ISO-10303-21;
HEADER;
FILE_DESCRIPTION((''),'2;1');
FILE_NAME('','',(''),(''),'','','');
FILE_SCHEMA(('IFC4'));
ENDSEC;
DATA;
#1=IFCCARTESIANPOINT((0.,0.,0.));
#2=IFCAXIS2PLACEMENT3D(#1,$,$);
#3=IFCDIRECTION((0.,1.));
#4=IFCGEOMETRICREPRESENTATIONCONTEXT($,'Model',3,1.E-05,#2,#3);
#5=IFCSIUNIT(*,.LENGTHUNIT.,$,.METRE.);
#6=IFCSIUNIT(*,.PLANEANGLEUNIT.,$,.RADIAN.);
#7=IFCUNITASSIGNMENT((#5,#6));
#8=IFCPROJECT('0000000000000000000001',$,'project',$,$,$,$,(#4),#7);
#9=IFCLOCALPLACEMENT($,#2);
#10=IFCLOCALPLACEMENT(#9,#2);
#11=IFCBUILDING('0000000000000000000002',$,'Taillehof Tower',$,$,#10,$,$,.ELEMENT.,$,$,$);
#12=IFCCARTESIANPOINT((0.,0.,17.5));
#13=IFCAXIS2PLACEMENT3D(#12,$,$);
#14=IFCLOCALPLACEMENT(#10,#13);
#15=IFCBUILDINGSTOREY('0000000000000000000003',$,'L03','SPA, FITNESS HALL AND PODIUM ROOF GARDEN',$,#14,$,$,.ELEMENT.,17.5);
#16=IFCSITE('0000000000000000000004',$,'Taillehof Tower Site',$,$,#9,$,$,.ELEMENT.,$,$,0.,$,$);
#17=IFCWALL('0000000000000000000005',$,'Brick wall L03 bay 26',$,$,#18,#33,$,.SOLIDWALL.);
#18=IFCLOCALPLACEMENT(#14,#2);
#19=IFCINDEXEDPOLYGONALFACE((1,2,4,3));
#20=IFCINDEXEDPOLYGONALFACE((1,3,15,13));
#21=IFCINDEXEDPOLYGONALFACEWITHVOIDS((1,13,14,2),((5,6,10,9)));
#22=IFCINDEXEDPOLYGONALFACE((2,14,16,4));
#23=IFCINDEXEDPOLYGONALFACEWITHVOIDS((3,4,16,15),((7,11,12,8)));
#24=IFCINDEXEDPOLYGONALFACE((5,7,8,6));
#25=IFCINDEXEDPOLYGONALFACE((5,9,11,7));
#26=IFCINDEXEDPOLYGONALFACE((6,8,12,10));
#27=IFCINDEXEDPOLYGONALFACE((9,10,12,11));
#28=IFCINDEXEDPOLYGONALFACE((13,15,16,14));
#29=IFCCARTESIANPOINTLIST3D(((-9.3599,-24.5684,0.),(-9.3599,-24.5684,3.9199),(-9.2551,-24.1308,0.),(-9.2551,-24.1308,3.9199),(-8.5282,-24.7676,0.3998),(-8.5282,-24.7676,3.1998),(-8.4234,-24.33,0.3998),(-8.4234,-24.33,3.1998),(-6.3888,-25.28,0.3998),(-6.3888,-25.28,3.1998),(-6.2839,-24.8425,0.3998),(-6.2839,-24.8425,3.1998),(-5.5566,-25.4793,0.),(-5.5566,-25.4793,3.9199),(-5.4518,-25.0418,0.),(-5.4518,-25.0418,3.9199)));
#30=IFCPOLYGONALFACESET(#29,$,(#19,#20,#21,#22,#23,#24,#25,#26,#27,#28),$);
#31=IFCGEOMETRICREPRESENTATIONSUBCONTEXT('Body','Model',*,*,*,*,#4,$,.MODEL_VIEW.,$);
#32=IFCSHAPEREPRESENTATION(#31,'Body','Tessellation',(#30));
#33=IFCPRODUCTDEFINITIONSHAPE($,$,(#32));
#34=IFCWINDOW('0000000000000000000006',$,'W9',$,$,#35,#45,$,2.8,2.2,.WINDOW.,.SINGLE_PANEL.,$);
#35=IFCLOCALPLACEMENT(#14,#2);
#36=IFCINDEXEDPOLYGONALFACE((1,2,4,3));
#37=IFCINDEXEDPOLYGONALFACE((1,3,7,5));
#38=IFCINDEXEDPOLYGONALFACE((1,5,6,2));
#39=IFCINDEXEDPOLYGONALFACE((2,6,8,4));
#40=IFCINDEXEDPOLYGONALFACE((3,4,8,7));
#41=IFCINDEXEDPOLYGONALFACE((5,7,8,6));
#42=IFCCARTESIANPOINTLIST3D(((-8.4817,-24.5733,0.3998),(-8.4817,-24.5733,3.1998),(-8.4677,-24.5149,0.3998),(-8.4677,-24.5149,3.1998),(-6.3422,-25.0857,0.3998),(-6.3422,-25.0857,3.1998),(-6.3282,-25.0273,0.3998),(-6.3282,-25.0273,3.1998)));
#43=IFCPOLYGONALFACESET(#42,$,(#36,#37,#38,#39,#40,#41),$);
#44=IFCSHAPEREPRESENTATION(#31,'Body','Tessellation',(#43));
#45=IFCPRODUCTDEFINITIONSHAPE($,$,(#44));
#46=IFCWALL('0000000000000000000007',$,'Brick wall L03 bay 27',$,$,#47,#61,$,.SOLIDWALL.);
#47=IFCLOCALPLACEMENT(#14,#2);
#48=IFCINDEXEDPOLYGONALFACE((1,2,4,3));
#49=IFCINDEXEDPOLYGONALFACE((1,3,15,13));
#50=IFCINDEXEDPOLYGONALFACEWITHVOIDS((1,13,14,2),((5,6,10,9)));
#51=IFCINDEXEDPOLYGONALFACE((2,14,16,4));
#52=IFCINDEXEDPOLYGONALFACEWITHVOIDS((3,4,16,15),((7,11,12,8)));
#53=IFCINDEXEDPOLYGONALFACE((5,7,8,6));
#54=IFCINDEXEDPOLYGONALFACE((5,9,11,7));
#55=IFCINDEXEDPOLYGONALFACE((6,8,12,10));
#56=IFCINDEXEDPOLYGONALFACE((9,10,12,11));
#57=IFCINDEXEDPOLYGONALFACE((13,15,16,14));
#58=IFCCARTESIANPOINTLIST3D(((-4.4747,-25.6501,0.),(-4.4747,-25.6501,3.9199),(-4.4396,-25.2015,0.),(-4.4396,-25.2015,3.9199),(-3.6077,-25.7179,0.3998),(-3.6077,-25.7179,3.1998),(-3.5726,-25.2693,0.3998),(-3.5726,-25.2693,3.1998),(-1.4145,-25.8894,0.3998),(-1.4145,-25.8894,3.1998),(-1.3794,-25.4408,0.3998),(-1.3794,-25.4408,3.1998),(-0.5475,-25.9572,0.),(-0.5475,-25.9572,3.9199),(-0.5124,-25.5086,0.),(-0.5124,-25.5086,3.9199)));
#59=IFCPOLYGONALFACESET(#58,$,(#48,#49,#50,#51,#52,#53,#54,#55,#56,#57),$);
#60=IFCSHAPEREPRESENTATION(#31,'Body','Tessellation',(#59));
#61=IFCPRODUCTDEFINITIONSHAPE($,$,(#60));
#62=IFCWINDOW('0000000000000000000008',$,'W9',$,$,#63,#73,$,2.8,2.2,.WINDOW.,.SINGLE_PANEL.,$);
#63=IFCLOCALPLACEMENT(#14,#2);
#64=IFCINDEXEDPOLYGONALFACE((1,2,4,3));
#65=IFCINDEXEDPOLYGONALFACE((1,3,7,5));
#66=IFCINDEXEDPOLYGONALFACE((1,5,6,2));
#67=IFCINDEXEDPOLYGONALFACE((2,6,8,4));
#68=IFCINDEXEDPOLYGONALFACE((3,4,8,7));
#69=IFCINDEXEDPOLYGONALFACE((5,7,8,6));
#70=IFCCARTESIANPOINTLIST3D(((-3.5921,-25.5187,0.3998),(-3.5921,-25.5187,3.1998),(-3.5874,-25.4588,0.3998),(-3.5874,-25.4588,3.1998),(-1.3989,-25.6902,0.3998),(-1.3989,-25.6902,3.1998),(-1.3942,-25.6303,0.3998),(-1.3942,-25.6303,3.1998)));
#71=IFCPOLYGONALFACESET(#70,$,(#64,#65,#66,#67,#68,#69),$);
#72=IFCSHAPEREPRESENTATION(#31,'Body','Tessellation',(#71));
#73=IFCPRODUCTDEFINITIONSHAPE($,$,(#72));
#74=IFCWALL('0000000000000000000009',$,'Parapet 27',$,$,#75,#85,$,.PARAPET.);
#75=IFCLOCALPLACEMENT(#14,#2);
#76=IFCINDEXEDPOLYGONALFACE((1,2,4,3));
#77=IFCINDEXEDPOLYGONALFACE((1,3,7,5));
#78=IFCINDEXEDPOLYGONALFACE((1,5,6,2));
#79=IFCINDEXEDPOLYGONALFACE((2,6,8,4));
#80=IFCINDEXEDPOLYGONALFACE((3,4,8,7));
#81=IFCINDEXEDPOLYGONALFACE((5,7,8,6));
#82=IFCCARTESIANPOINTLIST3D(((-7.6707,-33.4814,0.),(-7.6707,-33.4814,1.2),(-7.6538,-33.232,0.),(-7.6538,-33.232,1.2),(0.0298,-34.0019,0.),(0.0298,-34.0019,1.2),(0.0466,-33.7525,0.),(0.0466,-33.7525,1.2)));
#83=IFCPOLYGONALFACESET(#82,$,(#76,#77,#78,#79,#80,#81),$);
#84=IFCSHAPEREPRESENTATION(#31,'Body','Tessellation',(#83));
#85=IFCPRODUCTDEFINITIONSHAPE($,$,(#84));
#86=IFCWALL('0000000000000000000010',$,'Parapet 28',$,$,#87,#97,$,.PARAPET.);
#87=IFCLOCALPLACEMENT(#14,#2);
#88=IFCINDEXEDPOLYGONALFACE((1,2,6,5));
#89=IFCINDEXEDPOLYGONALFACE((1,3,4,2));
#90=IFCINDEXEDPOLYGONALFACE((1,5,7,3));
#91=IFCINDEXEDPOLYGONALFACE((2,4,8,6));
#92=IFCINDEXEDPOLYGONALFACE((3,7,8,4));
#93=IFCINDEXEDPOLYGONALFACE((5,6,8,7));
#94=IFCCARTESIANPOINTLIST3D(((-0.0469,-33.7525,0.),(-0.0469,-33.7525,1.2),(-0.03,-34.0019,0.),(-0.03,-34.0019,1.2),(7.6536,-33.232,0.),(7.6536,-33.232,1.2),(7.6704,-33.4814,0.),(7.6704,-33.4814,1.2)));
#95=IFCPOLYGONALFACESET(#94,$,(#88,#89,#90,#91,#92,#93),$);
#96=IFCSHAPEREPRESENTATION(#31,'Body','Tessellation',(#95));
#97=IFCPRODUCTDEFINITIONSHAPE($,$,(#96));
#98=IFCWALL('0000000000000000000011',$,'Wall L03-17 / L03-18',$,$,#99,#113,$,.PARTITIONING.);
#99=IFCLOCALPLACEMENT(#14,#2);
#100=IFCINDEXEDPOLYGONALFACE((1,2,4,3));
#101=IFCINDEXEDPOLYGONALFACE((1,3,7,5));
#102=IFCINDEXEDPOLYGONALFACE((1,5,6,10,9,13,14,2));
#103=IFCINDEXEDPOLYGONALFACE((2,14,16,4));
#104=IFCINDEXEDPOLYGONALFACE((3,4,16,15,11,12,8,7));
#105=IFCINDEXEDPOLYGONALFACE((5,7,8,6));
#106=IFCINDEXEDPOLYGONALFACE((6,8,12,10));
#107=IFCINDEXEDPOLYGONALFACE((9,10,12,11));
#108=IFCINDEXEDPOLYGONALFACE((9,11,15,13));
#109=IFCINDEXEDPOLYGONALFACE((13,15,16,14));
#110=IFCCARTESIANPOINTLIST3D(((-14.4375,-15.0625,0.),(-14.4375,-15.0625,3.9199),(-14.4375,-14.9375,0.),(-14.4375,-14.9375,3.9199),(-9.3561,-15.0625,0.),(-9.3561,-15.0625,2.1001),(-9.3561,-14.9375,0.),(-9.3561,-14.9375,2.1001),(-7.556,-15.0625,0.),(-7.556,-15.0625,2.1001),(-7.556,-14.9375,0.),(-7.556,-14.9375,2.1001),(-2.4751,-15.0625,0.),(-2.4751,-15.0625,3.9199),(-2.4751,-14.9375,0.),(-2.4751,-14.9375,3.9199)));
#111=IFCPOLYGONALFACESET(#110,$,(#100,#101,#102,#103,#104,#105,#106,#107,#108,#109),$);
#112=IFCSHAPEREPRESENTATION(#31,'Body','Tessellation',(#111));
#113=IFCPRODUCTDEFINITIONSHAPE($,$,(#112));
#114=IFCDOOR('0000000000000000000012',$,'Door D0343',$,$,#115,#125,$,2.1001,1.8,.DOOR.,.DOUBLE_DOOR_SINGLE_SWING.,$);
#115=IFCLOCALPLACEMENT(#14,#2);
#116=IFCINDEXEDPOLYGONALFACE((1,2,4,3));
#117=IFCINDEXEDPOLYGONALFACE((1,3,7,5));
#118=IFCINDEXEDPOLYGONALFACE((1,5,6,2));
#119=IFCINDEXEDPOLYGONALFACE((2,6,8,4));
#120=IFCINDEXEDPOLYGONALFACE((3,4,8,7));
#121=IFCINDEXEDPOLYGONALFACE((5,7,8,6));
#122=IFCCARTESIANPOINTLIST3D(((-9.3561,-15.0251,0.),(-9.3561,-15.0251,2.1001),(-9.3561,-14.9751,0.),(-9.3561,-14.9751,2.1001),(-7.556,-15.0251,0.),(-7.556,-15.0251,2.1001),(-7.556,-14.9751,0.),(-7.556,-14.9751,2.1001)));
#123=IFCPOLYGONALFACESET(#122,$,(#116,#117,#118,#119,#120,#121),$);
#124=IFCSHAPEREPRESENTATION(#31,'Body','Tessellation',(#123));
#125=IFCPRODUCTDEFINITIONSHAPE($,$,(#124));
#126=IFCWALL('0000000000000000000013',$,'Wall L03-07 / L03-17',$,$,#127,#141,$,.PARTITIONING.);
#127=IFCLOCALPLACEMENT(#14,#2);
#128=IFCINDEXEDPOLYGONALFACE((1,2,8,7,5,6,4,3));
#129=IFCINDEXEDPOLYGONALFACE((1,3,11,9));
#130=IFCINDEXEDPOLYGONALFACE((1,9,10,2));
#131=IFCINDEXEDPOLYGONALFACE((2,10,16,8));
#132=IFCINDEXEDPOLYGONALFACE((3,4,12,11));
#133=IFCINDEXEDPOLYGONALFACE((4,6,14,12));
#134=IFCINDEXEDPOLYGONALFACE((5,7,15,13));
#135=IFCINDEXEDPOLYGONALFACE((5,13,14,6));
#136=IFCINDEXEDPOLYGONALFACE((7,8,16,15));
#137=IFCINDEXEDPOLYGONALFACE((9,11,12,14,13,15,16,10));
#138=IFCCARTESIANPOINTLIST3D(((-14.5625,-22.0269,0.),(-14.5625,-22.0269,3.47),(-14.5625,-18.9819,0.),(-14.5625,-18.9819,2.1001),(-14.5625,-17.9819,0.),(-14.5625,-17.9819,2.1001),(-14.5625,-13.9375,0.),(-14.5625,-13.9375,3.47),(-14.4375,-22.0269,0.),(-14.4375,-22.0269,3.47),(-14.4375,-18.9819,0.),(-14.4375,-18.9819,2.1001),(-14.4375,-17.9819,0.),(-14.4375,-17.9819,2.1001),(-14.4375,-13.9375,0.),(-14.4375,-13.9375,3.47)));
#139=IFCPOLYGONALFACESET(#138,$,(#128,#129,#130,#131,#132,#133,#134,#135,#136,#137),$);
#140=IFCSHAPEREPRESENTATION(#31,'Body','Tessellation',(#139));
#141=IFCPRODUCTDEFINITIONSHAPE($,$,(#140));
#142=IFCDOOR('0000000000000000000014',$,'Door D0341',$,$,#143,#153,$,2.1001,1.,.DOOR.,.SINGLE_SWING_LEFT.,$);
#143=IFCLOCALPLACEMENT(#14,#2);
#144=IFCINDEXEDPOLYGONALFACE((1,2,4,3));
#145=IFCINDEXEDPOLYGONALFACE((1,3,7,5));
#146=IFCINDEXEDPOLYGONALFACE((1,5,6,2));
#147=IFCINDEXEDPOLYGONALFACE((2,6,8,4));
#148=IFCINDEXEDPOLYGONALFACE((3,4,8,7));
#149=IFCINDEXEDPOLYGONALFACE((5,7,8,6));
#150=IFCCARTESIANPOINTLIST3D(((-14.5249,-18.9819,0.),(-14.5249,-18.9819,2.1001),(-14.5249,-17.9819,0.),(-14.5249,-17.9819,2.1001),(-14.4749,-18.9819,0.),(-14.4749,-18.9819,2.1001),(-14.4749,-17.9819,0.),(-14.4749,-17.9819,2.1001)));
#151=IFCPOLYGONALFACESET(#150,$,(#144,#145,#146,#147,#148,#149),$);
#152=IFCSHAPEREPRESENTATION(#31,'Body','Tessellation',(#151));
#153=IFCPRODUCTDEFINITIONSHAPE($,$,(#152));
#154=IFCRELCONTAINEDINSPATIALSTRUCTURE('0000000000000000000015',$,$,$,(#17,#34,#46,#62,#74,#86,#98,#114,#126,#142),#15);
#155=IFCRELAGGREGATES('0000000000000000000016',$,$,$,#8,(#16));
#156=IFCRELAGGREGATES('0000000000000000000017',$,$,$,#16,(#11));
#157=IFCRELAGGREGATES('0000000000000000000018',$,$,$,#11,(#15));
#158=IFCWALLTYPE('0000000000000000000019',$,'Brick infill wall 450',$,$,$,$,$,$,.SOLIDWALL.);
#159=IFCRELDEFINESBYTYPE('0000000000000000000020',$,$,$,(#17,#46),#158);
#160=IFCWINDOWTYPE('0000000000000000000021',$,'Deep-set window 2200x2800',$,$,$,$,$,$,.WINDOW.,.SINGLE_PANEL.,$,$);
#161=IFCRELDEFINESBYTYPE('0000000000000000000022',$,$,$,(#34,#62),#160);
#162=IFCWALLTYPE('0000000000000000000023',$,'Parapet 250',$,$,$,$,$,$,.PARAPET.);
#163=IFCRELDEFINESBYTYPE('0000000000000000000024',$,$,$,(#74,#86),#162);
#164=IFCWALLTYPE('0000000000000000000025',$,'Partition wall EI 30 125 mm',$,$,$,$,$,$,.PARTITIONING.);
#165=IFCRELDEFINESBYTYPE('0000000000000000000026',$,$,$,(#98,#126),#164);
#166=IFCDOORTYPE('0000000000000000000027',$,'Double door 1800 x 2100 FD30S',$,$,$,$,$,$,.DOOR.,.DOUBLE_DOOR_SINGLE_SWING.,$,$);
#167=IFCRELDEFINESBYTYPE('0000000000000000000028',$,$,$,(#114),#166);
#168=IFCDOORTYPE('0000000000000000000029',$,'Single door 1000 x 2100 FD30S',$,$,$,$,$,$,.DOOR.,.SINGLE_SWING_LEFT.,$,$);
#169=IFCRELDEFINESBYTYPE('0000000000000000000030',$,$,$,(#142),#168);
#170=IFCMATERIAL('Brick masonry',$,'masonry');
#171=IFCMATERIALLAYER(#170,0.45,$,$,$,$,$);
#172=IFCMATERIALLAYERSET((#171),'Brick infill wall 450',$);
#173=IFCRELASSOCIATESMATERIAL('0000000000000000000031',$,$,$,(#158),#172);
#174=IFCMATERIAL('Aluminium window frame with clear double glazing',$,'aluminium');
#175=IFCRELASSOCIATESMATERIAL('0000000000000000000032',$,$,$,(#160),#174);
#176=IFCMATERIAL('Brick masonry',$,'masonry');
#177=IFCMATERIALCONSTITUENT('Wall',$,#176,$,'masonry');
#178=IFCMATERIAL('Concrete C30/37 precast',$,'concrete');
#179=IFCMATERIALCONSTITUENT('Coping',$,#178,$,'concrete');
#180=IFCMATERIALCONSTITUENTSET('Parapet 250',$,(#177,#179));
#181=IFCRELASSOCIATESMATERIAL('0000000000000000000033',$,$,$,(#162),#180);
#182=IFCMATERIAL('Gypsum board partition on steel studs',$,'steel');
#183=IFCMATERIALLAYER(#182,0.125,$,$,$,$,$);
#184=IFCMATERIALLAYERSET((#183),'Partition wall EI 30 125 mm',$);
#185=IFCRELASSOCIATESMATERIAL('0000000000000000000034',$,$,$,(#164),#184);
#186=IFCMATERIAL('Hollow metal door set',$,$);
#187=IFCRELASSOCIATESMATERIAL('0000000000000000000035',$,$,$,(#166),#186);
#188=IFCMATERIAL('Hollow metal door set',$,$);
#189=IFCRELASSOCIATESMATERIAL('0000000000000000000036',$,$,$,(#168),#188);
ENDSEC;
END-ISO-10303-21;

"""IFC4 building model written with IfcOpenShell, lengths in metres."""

from ifc_helpers import new_model, si_unit, direction, frame, frame_2d, origin, place, context, subcontext, project, spatial, rectangle, extrude, material, layer, layer_set, constituent, constituent_set, type_object, element, fill, save


model = new_model("IFC4")

# Units and contexts
model_context = context("Model", 3, precision=1e-05, world=origin(), true_north=direction((0.0, 1.0)))
body_context = subcontext(model_context, "Body", "Model", "MODEL_VIEW")
ifc_project = project(units=[si_unit("LENGTHUNIT", "METRE"), si_unit("PLANEANGLEUNIT", "RADIAN")], contexts=[model_context])

# Site, building, storey
site_placement = place(None, origin())
site = spatial("IfcSite", under=ifc_project, at=site_placement, Name="Taillehof Tower Site", CompositionType="ELEMENT", RefElevation=0.0)
building_placement = place(site_placement, origin())
building = spatial("IfcBuilding", under=site, at=building_placement, Name="Taillehof Tower", CompositionType="ELEMENT")
storey_placement = place(building_placement, frame((0.0, 0.0, 17.5)))
storey = spatial("IfcBuildingStorey", under=building, at=storey_placement, Name="L03", Description="SPA, FITNESS HALL AND PODIUM ROOF GARDEN", CompositionType="ELEMENT", Elevation=17.5)

# Walls, openings, windows
ifc_material_1 = material(Name="Brick masonry", Category="masonry")
ifc_layer_1 = layer(ifc_material_1, 0.45)
ifc_layer_set_1 = layer_set([ifc_layer_1], Name="Brick infill wall 450")
wall_type_1 = type_object("IfcWallType", Name="Brick infill wall 450", PredefinedType="SOLIDWALL", material=ifc_layer_set_1)
ifc_material_2 = material(Name="Aluminium window frame with clear double glazing", Category="aluminium")
window_type = type_object("IfcWindowType", Name="Deep-set window 2200x2800", PartitioningType="SINGLE_PANEL", PredefinedType="WINDOW", material=ifc_material_2)
wall_1_placement = place(storey_placement, frame((-9.3076, -24.3496, 0.0), z_axis=(0.0, 0.0, 1.0), x_axis=(0.972497, -0.232917, 0.0)))
wall_1 = element("IfcWall", 1, at=wall_1_placement, inside=storey, type_object=wall_type_1, Name="Brick wall L03 bay 26", PredefinedType="SOLIDWALL", context=body_context, shape_type="SweptSolid", body=[
    extrude(rectangle(XDim=3.9109, YDim=0.45, at=frame_2d((1.9556, 0.0))), origin(), (0.0, 0.0, 1.0), 3.9199),
])
opening_1_placement = place(wall_1_placement, frame((0.8552, 0.0, 0.3999)))
opening_1 = element("IfcOpeningElement", 2, at=opening_1_placement, cuts=wall_1, PredefinedType="OPENING", context=body_context, shape_type="SweptSolid", body=[
    extrude(rectangle(XDim=2.2, YDim=2.8, at=frame_2d((1.1001, 1.3999))), frame((0.0, 0.2349, 0.0), z_axis=(0.0, -1.0, 0.0), x_axis=(1.0, 0.0, 0.0)), (0.0, 0.0, 1.0), 0.47),
])
window_1_placement = place(opening_1_placement, origin())
window_1 = element("IfcWindow", 3, at=window_1_placement, inside=storey, type_object=window_type, Name="W9", OverallHeight=2.8, OverallWidth=2.2, PartitioningType="SINGLE_PANEL", PredefinedType="WINDOW", context=body_context, shape_type="SweptSolid", body=[
    extrude(rectangle(XDim=2.2, YDim=2.8, at=frame_2d((1.1001, 1.3999))), frame((0.0, 0.0349, 0.0), z_axis=(0.0, -1.0, 0.0), x_axis=(1.0, 0.0, 0.0)), (0.0, 0.0, 1.0), 0.0601),
])
fill(opening_1, window_1)
wall_2_placement = place(storey_placement, frame((-4.4573, -25.4258, 0.0), z_axis=(0.0, 0.0, 1.0), x_axis=(0.996956, -0.077967, 0.0)))
wall_2 = element("IfcWall", 4, at=wall_2_placement, inside=storey, type_object=wall_type_1, Name="Brick wall L03 bay 27", PredefinedType="SOLIDWALL", context=body_context, shape_type="SweptSolid", body=[
    extrude(rectangle(XDim=3.9392, YDim=0.45, at=frame_2d((1.9697, 0.0))), origin(), (0.0, 0.0, 1.0), 3.9199),
])
opening_2_placement = place(wall_2_placement, frame((0.8696, 0.0, 0.3999)))
opening_2 = element("IfcOpeningElement", 5, at=opening_2_placement, cuts=wall_2, PredefinedType="OPENING", context=body_context, shape_type="SweptSolid", body=[
    extrude(rectangle(XDim=2.2, YDim=2.8, at=frame_2d((1.1001, 1.3999))), frame((0.0, 0.2349, 0.0), z_axis=(0.0, -1.0, 0.0), x_axis=(1.0, 0.0, 0.0)), (0.0, 0.0, 1.0), 0.47),
])
window_2_placement = place(opening_2_placement, origin())
window_2 = element("IfcWindow", 6, at=window_2_placement, inside=storey, type_object=window_type, Name="W9", OverallHeight=2.8, OverallWidth=2.2, PartitioningType="SINGLE_PANEL", PredefinedType="WINDOW", context=body_context, shape_type="SweptSolid", body=[
    extrude(rectangle(XDim=2.2, YDim=2.8, at=frame_2d((1.1001, 1.3999))), frame((0.0, 0.0349, 0.0), z_axis=(0.0, -1.0, 0.0), x_axis=(1.0, 0.0, 0.0)), (0.0, 0.0, 1.0), 0.0601),
])
fill(opening_2, window_2)

# Walls
ifc_material_3 = material(Name="Brick masonry", Category="masonry")
ifc_constituent_1 = constituent(ifc_material_3, Name="Wall", Category="masonry")
ifc_material_4 = material(Name="Concrete C30/37 precast", Category="concrete")
ifc_constituent_2 = constituent(ifc_material_4, Name="Coping", Category="concrete")
ifc_constituent_set_1 = constituent_set(constituents=[ifc_constituent_1, ifc_constituent_2], Name="Parapet 250")
wall_type_2 = type_object("IfcWallType", Name="Parapet 250", PredefinedType="PARAPET", material=ifc_constituent_set_1)
for number, where, z_axis, x_axis, name in (
    (7, (-7.6621, -33.3567, 0.0), (0.0, 0.0, 1.0), (0.997723, -0.067441, 0.0), "Parapet 27"),
    (8, (-0.0383, -33.8772, 0.0), (0.0, 0.0, 1.0), (0.997723, 0.067441, 0.0), "Parapet 28"),
):
    element("IfcWall", number, at=place(storey_placement, frame(where, z_axis=z_axis, x_axis=x_axis)), inside=storey, type_object=wall_type_2, Name=name, PredefinedType="PARAPET", context=body_context, shape_type="SweptSolid", body=[
        extrude(rectangle(XDim=7.718, YDim=0.25, at=frame_2d((3.8589, 0.0))), origin(), (0.0, 0.0, 1.0), 1.2),
    ])

# Walls, openings, doors
ifc_material_5 = material(Name="Gypsum board partition on steel studs", Category="steel")
ifc_layer_2 = layer(ifc_material_5, 0.125)
ifc_layer_set_2 = layer_set([ifc_layer_2], Name="Partition wall EI 30 125 mm")
wall_type_3 = type_object("IfcWallType", Name="Partition wall EI 30 125 mm", PredefinedType="PARTITIONING", material=ifc_layer_set_2)
wall_3_placement = place(storey_placement, frame((-14.4375, -15.0, 0.0), z_axis=(0.0, 0.0, 1.0), x_axis=(1.0, 0.0, 0.0)))
wall_3 = element("IfcWall", 9, at=wall_3_placement, inside=storey, type_object=wall_type_3, Name="Wall L03-17 / L03-18", PredefinedType="PARTITIONING", context=body_context, shape_type="SweptSolid", body=[
    extrude(rectangle(XDim=11.9624, YDim=0.125, at=frame_2d((5.9812, 0.0))), origin(), (0.0, 0.0, 1.0), 3.9199),
])
opening_3_placement = place(wall_3_placement, frame((5.0815, 0.0, 0.0)))
opening_3 = element("IfcOpeningElement", 10, at=opening_3_placement, cuts=wall_3, PredefinedType="OPENING", context=body_context, shape_type="SweptSolid", body=[
    extrude(rectangle(XDim=1.8, YDim=2.1001, at=frame_2d((0.8999, 1.05))), frame((0.0, 0.0725, 0.0), z_axis=(0.0, -1.0, 0.0), x_axis=(1.0, 0.0, 0.0)), (0.0, 0.0, 1.0), 0.145),
])
ifc_material_6 = material(Name="Hollow metal door set")
door_type_1 = type_object("IfcDoorType", Name="Double door 1800 x 2100 FD30S", OperationType="DOUBLE_DOOR_SINGLE_SWING", PredefinedType="DOOR", material=ifc_material_6)
door_1_placement = place(opening_3_placement, origin())
door_1 = element("IfcDoor", 11, at=door_1_placement, inside=storey, type_object=door_type_1, Name="Door D0343", OperationType="DOUBLE_DOOR_SINGLE_SWING", OverallHeight=2.1001, OverallWidth=1.8, PredefinedType="DOOR", context=body_context, shape_type="SweptSolid", body=[
    extrude(rectangle(XDim=1.8, YDim=2.1001, at=frame_2d((0.8999, 1.05))), frame((0.0, 0.0249, 0.0), z_axis=(0.0, -1.0, 0.0), x_axis=(1.0, 0.0, 0.0)), (0.0, 0.0, 1.0), 0.05),
])
fill(opening_3, door_1)
wall_4_placement = place(storey_placement, frame((-14.5, -22.0269, 0.0), z_axis=(0.0, 0.0, 1.0), x_axis=(0.0, 1.0, 0.0)))
wall_4 = element("IfcWall", 12, at=wall_4_placement, inside=storey, type_object=wall_type_3, Name="Wall L03-07 / L03-17", PredefinedType="PARTITIONING", context=body_context, shape_type="SweptSolid", body=[
    extrude(rectangle(XDim=8.0894, YDim=0.125, at=frame_2d((4.0447, 0.0))), origin(), (0.0, 0.0, 1.0), 3.47),
])
opening_4_placement = place(wall_4_placement, frame((3.0449, 0.0, 0.0)))
opening_4 = element("IfcOpeningElement", 13, at=opening_4_placement, cuts=wall_4, PredefinedType="OPENING", context=body_context, shape_type="SweptSolid", body=[
    extrude(rectangle(XDim=1.0, YDim=2.1001, at=frame_2d((0.5, 1.05))), frame((0.0, 0.0725, 0.0), z_axis=(0.0, -1.0, 0.0), x_axis=(1.0, 0.0, 0.0)), (0.0, 0.0, 1.0), 0.145),
])
ifc_material_7 = material(Name="Hollow metal door set")
door_type_2 = type_object("IfcDoorType", Name="Single door 1000 x 2100 FD30S", OperationType="SINGLE_SWING_LEFT", PredefinedType="DOOR", material=ifc_material_7)
door_2_placement = place(opening_4_placement, origin())
door_2 = element("IfcDoor", 14, at=door_2_placement, inside=storey, type_object=door_type_2, Name="Door D0341", OperationType="SINGLE_SWING_LEFT", OverallHeight=2.1001, OverallWidth=1.0, PredefinedType="DOOR", context=body_context, shape_type="SweptSolid", body=[
    extrude(rectangle(XDim=1.0, YDim=2.1001, at=frame_2d((0.5, 1.05))), frame((0.0, 0.0249, 0.0), z_axis=(0.0, -1.0, 0.0), x_axis=(1.0, 0.0, 0.0)), (0.0, 0.0, 1.0), 0.05),
])
fill(opening_4, door_2)

save(model, "model.ifc")
